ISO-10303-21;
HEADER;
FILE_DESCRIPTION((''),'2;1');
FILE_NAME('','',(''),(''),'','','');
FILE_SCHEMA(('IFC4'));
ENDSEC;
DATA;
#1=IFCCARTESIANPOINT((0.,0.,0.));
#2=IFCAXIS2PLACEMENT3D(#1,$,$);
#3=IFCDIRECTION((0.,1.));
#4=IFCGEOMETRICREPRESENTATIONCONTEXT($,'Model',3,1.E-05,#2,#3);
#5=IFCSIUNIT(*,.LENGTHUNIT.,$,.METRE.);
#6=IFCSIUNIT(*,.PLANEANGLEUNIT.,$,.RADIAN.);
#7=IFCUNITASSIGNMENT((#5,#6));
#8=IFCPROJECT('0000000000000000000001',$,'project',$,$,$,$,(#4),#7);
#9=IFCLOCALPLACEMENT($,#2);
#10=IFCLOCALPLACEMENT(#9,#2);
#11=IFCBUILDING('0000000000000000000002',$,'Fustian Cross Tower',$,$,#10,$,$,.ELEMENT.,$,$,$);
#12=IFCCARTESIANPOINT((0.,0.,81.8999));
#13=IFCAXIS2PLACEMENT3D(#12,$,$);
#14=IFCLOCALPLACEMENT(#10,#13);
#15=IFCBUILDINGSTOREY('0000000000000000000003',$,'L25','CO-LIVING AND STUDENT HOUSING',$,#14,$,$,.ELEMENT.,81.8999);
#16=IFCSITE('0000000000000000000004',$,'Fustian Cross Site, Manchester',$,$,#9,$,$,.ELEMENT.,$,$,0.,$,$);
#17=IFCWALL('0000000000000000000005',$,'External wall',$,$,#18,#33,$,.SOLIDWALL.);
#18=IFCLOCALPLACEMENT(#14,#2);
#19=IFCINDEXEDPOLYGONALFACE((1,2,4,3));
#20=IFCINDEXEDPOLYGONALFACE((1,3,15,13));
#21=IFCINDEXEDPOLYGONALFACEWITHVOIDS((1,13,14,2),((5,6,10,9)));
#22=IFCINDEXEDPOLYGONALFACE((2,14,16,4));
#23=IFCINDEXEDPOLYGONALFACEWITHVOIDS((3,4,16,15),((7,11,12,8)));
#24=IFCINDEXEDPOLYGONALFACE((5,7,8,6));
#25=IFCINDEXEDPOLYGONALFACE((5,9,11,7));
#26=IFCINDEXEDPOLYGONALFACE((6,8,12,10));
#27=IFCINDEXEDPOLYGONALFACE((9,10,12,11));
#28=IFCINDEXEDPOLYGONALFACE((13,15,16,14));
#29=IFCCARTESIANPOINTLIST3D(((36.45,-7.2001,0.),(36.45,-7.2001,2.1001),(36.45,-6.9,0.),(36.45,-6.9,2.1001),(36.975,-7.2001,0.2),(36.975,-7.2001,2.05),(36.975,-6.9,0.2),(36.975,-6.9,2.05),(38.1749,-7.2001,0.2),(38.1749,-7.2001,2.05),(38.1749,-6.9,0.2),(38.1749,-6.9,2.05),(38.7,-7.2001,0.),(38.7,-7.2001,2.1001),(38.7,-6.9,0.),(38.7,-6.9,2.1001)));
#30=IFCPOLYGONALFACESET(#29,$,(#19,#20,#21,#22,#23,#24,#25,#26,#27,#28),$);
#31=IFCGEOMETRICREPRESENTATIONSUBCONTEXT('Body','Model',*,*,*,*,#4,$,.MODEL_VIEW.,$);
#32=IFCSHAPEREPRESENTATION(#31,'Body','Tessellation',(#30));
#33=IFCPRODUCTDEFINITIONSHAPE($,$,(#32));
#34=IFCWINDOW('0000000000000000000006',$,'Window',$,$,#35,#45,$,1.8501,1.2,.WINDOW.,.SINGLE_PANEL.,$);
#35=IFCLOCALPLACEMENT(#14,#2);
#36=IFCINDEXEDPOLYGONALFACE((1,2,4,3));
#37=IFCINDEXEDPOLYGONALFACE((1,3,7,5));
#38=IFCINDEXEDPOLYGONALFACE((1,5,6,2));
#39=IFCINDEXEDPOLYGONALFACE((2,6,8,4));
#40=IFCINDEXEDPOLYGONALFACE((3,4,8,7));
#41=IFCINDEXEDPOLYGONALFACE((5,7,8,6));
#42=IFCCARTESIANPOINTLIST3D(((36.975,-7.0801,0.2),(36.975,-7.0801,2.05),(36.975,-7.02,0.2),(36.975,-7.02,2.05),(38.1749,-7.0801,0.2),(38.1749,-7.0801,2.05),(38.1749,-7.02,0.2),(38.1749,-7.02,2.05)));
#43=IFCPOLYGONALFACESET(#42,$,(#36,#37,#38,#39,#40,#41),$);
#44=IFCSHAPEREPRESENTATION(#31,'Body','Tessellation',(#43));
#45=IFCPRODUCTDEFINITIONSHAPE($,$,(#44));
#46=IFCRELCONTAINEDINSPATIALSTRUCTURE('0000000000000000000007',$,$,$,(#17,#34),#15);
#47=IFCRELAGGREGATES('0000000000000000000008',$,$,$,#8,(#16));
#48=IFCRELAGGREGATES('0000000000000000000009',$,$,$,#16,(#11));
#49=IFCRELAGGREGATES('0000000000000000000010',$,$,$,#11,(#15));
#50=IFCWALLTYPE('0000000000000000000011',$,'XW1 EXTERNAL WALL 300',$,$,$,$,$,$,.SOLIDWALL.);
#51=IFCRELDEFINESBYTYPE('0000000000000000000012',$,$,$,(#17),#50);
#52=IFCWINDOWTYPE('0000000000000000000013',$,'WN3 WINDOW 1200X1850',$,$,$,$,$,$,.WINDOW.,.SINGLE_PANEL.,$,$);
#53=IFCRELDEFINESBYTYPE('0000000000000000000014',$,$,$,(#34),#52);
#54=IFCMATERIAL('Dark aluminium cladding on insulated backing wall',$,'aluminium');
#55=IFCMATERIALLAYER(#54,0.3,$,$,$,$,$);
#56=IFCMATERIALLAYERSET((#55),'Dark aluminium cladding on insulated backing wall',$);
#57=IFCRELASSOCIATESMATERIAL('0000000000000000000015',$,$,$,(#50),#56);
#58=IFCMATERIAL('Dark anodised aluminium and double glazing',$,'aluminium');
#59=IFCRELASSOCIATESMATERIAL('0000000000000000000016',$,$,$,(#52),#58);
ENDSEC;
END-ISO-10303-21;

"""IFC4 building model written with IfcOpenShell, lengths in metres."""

from ifc_helpers import new_model, si_unit, direction, frame, frame_2d, origin, place, context, subcontext, project, spatial, rectangle, extrude, material, layer, layer_set, type_object, element, fill, save


model = new_model("IFC4")

# Units and contexts
model_context = context("Model", 3, precision=1e-05, world=origin(), true_north=direction((0.0, 1.0)))
body_context = subcontext(model_context, "Body", "Model", "MODEL_VIEW")
ifc_project = project(units=[si_unit("LENGTHUNIT", "METRE"), si_unit("PLANEANGLEUNIT", "RADIAN")], contexts=[model_context])

# Site, building, storey
site_placement = place(None, origin())
site = spatial("IfcSite", under=ifc_project, at=site_placement, Name="Fustian Cross Site, Manchester", CompositionType="ELEMENT", RefElevation=0.0)
building_placement = place(site_placement, origin())
building = spatial("IfcBuilding", under=site, at=building_placement, Name="Fustian Cross Tower", CompositionType="ELEMENT")
storey_placement = place(building_placement, frame((0.0, 0.0, 81.8999)))
storey = spatial("IfcBuildingStorey", under=building, at=storey_placement, Name="L25", Description="CO-LIVING AND STUDENT HOUSING", CompositionType="ELEMENT", Elevation=81.8999)

# Wall, opening, window
ifc_material_1 = material(Name="Dark aluminium cladding on insulated backing wall", Category="aluminium")
ifc_layer_1 = layer(ifc_material_1, 0.3)
ifc_layer_set_1 = layer_set([ifc_layer_1], Name="Dark aluminium cladding on insulated backing wall")
wall_type_1 = type_object("IfcWallType", Name="XW1 EXTERNAL WALL 300", PredefinedType="SOLIDWALL", material=ifc_layer_set_1)
ifc_material_2 = material(Name="Dark anodised aluminium and double glazing", Category="aluminium")
window_type = type_object("IfcWindowType", Name="WN3 WINDOW 1200X1850", PartitioningType="SINGLE_PANEL", PredefinedType="WINDOW", material=ifc_material_2)
wall_1_placement = place(storey_placement, frame((36.45, -7.05, 0.0), z_axis=(0.0, 0.0, 1.0), x_axis=(1.0, 0.0, 0.0)))
wall_1 = element("IfcWall", 1, at=wall_1_placement, inside=storey, type_object=wall_type_1, Name="External wall", PredefinedType="SOLIDWALL", context=body_context, shape_type="SweptSolid", body=[
    extrude(rectangle(XDim=2.25, YDim=0.3, at=frame_2d((1.125, 0.0))), origin(), (0.0, 0.0, 1.0), 2.1001),
])
opening_1_placement = place(wall_1_placement, frame((0.5249, 0.0, 0.2)))
opening_1 = element("IfcOpeningElement", 2, at=opening_1_placement, cuts=wall_1, PredefinedType="OPENING", context=body_context, shape_type="SweptSolid", body=[
    extrude(rectangle(XDim=1.2, YDim=1.8501, at=frame_2d((0.6001, 0.925))), frame((0.0, 0.1599, 0.0), z_axis=(0.0, -1.0, 0.0), x_axis=(1.0, 0.0, 0.0)), (0.0, 0.0, 1.0), 0.3201),
])
window_1_placement = place(opening_1_placement, origin())
window_1 = element("IfcWindow", 3, at=window_1_placement, inside=storey, type_object=window_type, Name="Window", OverallHeight=1.8501, OverallWidth=1.2, PartitioningType="SINGLE_PANEL", PredefinedType="WINDOW", context=body_context, shape_type="SweptSolid", body=[
    extrude(rectangle(XDim=1.2, YDim=1.8501, at=frame_2d((0.6001, 0.925))), frame((0.0, 0.03, 0.0), z_axis=(0.0, -1.0, 0.0), x_axis=(1.0, 0.0, 0.0)), (0.0, 0.0, 1.0), 0.0601),
])
fill(opening_1, window_1)

save(model, "model.ifc")
